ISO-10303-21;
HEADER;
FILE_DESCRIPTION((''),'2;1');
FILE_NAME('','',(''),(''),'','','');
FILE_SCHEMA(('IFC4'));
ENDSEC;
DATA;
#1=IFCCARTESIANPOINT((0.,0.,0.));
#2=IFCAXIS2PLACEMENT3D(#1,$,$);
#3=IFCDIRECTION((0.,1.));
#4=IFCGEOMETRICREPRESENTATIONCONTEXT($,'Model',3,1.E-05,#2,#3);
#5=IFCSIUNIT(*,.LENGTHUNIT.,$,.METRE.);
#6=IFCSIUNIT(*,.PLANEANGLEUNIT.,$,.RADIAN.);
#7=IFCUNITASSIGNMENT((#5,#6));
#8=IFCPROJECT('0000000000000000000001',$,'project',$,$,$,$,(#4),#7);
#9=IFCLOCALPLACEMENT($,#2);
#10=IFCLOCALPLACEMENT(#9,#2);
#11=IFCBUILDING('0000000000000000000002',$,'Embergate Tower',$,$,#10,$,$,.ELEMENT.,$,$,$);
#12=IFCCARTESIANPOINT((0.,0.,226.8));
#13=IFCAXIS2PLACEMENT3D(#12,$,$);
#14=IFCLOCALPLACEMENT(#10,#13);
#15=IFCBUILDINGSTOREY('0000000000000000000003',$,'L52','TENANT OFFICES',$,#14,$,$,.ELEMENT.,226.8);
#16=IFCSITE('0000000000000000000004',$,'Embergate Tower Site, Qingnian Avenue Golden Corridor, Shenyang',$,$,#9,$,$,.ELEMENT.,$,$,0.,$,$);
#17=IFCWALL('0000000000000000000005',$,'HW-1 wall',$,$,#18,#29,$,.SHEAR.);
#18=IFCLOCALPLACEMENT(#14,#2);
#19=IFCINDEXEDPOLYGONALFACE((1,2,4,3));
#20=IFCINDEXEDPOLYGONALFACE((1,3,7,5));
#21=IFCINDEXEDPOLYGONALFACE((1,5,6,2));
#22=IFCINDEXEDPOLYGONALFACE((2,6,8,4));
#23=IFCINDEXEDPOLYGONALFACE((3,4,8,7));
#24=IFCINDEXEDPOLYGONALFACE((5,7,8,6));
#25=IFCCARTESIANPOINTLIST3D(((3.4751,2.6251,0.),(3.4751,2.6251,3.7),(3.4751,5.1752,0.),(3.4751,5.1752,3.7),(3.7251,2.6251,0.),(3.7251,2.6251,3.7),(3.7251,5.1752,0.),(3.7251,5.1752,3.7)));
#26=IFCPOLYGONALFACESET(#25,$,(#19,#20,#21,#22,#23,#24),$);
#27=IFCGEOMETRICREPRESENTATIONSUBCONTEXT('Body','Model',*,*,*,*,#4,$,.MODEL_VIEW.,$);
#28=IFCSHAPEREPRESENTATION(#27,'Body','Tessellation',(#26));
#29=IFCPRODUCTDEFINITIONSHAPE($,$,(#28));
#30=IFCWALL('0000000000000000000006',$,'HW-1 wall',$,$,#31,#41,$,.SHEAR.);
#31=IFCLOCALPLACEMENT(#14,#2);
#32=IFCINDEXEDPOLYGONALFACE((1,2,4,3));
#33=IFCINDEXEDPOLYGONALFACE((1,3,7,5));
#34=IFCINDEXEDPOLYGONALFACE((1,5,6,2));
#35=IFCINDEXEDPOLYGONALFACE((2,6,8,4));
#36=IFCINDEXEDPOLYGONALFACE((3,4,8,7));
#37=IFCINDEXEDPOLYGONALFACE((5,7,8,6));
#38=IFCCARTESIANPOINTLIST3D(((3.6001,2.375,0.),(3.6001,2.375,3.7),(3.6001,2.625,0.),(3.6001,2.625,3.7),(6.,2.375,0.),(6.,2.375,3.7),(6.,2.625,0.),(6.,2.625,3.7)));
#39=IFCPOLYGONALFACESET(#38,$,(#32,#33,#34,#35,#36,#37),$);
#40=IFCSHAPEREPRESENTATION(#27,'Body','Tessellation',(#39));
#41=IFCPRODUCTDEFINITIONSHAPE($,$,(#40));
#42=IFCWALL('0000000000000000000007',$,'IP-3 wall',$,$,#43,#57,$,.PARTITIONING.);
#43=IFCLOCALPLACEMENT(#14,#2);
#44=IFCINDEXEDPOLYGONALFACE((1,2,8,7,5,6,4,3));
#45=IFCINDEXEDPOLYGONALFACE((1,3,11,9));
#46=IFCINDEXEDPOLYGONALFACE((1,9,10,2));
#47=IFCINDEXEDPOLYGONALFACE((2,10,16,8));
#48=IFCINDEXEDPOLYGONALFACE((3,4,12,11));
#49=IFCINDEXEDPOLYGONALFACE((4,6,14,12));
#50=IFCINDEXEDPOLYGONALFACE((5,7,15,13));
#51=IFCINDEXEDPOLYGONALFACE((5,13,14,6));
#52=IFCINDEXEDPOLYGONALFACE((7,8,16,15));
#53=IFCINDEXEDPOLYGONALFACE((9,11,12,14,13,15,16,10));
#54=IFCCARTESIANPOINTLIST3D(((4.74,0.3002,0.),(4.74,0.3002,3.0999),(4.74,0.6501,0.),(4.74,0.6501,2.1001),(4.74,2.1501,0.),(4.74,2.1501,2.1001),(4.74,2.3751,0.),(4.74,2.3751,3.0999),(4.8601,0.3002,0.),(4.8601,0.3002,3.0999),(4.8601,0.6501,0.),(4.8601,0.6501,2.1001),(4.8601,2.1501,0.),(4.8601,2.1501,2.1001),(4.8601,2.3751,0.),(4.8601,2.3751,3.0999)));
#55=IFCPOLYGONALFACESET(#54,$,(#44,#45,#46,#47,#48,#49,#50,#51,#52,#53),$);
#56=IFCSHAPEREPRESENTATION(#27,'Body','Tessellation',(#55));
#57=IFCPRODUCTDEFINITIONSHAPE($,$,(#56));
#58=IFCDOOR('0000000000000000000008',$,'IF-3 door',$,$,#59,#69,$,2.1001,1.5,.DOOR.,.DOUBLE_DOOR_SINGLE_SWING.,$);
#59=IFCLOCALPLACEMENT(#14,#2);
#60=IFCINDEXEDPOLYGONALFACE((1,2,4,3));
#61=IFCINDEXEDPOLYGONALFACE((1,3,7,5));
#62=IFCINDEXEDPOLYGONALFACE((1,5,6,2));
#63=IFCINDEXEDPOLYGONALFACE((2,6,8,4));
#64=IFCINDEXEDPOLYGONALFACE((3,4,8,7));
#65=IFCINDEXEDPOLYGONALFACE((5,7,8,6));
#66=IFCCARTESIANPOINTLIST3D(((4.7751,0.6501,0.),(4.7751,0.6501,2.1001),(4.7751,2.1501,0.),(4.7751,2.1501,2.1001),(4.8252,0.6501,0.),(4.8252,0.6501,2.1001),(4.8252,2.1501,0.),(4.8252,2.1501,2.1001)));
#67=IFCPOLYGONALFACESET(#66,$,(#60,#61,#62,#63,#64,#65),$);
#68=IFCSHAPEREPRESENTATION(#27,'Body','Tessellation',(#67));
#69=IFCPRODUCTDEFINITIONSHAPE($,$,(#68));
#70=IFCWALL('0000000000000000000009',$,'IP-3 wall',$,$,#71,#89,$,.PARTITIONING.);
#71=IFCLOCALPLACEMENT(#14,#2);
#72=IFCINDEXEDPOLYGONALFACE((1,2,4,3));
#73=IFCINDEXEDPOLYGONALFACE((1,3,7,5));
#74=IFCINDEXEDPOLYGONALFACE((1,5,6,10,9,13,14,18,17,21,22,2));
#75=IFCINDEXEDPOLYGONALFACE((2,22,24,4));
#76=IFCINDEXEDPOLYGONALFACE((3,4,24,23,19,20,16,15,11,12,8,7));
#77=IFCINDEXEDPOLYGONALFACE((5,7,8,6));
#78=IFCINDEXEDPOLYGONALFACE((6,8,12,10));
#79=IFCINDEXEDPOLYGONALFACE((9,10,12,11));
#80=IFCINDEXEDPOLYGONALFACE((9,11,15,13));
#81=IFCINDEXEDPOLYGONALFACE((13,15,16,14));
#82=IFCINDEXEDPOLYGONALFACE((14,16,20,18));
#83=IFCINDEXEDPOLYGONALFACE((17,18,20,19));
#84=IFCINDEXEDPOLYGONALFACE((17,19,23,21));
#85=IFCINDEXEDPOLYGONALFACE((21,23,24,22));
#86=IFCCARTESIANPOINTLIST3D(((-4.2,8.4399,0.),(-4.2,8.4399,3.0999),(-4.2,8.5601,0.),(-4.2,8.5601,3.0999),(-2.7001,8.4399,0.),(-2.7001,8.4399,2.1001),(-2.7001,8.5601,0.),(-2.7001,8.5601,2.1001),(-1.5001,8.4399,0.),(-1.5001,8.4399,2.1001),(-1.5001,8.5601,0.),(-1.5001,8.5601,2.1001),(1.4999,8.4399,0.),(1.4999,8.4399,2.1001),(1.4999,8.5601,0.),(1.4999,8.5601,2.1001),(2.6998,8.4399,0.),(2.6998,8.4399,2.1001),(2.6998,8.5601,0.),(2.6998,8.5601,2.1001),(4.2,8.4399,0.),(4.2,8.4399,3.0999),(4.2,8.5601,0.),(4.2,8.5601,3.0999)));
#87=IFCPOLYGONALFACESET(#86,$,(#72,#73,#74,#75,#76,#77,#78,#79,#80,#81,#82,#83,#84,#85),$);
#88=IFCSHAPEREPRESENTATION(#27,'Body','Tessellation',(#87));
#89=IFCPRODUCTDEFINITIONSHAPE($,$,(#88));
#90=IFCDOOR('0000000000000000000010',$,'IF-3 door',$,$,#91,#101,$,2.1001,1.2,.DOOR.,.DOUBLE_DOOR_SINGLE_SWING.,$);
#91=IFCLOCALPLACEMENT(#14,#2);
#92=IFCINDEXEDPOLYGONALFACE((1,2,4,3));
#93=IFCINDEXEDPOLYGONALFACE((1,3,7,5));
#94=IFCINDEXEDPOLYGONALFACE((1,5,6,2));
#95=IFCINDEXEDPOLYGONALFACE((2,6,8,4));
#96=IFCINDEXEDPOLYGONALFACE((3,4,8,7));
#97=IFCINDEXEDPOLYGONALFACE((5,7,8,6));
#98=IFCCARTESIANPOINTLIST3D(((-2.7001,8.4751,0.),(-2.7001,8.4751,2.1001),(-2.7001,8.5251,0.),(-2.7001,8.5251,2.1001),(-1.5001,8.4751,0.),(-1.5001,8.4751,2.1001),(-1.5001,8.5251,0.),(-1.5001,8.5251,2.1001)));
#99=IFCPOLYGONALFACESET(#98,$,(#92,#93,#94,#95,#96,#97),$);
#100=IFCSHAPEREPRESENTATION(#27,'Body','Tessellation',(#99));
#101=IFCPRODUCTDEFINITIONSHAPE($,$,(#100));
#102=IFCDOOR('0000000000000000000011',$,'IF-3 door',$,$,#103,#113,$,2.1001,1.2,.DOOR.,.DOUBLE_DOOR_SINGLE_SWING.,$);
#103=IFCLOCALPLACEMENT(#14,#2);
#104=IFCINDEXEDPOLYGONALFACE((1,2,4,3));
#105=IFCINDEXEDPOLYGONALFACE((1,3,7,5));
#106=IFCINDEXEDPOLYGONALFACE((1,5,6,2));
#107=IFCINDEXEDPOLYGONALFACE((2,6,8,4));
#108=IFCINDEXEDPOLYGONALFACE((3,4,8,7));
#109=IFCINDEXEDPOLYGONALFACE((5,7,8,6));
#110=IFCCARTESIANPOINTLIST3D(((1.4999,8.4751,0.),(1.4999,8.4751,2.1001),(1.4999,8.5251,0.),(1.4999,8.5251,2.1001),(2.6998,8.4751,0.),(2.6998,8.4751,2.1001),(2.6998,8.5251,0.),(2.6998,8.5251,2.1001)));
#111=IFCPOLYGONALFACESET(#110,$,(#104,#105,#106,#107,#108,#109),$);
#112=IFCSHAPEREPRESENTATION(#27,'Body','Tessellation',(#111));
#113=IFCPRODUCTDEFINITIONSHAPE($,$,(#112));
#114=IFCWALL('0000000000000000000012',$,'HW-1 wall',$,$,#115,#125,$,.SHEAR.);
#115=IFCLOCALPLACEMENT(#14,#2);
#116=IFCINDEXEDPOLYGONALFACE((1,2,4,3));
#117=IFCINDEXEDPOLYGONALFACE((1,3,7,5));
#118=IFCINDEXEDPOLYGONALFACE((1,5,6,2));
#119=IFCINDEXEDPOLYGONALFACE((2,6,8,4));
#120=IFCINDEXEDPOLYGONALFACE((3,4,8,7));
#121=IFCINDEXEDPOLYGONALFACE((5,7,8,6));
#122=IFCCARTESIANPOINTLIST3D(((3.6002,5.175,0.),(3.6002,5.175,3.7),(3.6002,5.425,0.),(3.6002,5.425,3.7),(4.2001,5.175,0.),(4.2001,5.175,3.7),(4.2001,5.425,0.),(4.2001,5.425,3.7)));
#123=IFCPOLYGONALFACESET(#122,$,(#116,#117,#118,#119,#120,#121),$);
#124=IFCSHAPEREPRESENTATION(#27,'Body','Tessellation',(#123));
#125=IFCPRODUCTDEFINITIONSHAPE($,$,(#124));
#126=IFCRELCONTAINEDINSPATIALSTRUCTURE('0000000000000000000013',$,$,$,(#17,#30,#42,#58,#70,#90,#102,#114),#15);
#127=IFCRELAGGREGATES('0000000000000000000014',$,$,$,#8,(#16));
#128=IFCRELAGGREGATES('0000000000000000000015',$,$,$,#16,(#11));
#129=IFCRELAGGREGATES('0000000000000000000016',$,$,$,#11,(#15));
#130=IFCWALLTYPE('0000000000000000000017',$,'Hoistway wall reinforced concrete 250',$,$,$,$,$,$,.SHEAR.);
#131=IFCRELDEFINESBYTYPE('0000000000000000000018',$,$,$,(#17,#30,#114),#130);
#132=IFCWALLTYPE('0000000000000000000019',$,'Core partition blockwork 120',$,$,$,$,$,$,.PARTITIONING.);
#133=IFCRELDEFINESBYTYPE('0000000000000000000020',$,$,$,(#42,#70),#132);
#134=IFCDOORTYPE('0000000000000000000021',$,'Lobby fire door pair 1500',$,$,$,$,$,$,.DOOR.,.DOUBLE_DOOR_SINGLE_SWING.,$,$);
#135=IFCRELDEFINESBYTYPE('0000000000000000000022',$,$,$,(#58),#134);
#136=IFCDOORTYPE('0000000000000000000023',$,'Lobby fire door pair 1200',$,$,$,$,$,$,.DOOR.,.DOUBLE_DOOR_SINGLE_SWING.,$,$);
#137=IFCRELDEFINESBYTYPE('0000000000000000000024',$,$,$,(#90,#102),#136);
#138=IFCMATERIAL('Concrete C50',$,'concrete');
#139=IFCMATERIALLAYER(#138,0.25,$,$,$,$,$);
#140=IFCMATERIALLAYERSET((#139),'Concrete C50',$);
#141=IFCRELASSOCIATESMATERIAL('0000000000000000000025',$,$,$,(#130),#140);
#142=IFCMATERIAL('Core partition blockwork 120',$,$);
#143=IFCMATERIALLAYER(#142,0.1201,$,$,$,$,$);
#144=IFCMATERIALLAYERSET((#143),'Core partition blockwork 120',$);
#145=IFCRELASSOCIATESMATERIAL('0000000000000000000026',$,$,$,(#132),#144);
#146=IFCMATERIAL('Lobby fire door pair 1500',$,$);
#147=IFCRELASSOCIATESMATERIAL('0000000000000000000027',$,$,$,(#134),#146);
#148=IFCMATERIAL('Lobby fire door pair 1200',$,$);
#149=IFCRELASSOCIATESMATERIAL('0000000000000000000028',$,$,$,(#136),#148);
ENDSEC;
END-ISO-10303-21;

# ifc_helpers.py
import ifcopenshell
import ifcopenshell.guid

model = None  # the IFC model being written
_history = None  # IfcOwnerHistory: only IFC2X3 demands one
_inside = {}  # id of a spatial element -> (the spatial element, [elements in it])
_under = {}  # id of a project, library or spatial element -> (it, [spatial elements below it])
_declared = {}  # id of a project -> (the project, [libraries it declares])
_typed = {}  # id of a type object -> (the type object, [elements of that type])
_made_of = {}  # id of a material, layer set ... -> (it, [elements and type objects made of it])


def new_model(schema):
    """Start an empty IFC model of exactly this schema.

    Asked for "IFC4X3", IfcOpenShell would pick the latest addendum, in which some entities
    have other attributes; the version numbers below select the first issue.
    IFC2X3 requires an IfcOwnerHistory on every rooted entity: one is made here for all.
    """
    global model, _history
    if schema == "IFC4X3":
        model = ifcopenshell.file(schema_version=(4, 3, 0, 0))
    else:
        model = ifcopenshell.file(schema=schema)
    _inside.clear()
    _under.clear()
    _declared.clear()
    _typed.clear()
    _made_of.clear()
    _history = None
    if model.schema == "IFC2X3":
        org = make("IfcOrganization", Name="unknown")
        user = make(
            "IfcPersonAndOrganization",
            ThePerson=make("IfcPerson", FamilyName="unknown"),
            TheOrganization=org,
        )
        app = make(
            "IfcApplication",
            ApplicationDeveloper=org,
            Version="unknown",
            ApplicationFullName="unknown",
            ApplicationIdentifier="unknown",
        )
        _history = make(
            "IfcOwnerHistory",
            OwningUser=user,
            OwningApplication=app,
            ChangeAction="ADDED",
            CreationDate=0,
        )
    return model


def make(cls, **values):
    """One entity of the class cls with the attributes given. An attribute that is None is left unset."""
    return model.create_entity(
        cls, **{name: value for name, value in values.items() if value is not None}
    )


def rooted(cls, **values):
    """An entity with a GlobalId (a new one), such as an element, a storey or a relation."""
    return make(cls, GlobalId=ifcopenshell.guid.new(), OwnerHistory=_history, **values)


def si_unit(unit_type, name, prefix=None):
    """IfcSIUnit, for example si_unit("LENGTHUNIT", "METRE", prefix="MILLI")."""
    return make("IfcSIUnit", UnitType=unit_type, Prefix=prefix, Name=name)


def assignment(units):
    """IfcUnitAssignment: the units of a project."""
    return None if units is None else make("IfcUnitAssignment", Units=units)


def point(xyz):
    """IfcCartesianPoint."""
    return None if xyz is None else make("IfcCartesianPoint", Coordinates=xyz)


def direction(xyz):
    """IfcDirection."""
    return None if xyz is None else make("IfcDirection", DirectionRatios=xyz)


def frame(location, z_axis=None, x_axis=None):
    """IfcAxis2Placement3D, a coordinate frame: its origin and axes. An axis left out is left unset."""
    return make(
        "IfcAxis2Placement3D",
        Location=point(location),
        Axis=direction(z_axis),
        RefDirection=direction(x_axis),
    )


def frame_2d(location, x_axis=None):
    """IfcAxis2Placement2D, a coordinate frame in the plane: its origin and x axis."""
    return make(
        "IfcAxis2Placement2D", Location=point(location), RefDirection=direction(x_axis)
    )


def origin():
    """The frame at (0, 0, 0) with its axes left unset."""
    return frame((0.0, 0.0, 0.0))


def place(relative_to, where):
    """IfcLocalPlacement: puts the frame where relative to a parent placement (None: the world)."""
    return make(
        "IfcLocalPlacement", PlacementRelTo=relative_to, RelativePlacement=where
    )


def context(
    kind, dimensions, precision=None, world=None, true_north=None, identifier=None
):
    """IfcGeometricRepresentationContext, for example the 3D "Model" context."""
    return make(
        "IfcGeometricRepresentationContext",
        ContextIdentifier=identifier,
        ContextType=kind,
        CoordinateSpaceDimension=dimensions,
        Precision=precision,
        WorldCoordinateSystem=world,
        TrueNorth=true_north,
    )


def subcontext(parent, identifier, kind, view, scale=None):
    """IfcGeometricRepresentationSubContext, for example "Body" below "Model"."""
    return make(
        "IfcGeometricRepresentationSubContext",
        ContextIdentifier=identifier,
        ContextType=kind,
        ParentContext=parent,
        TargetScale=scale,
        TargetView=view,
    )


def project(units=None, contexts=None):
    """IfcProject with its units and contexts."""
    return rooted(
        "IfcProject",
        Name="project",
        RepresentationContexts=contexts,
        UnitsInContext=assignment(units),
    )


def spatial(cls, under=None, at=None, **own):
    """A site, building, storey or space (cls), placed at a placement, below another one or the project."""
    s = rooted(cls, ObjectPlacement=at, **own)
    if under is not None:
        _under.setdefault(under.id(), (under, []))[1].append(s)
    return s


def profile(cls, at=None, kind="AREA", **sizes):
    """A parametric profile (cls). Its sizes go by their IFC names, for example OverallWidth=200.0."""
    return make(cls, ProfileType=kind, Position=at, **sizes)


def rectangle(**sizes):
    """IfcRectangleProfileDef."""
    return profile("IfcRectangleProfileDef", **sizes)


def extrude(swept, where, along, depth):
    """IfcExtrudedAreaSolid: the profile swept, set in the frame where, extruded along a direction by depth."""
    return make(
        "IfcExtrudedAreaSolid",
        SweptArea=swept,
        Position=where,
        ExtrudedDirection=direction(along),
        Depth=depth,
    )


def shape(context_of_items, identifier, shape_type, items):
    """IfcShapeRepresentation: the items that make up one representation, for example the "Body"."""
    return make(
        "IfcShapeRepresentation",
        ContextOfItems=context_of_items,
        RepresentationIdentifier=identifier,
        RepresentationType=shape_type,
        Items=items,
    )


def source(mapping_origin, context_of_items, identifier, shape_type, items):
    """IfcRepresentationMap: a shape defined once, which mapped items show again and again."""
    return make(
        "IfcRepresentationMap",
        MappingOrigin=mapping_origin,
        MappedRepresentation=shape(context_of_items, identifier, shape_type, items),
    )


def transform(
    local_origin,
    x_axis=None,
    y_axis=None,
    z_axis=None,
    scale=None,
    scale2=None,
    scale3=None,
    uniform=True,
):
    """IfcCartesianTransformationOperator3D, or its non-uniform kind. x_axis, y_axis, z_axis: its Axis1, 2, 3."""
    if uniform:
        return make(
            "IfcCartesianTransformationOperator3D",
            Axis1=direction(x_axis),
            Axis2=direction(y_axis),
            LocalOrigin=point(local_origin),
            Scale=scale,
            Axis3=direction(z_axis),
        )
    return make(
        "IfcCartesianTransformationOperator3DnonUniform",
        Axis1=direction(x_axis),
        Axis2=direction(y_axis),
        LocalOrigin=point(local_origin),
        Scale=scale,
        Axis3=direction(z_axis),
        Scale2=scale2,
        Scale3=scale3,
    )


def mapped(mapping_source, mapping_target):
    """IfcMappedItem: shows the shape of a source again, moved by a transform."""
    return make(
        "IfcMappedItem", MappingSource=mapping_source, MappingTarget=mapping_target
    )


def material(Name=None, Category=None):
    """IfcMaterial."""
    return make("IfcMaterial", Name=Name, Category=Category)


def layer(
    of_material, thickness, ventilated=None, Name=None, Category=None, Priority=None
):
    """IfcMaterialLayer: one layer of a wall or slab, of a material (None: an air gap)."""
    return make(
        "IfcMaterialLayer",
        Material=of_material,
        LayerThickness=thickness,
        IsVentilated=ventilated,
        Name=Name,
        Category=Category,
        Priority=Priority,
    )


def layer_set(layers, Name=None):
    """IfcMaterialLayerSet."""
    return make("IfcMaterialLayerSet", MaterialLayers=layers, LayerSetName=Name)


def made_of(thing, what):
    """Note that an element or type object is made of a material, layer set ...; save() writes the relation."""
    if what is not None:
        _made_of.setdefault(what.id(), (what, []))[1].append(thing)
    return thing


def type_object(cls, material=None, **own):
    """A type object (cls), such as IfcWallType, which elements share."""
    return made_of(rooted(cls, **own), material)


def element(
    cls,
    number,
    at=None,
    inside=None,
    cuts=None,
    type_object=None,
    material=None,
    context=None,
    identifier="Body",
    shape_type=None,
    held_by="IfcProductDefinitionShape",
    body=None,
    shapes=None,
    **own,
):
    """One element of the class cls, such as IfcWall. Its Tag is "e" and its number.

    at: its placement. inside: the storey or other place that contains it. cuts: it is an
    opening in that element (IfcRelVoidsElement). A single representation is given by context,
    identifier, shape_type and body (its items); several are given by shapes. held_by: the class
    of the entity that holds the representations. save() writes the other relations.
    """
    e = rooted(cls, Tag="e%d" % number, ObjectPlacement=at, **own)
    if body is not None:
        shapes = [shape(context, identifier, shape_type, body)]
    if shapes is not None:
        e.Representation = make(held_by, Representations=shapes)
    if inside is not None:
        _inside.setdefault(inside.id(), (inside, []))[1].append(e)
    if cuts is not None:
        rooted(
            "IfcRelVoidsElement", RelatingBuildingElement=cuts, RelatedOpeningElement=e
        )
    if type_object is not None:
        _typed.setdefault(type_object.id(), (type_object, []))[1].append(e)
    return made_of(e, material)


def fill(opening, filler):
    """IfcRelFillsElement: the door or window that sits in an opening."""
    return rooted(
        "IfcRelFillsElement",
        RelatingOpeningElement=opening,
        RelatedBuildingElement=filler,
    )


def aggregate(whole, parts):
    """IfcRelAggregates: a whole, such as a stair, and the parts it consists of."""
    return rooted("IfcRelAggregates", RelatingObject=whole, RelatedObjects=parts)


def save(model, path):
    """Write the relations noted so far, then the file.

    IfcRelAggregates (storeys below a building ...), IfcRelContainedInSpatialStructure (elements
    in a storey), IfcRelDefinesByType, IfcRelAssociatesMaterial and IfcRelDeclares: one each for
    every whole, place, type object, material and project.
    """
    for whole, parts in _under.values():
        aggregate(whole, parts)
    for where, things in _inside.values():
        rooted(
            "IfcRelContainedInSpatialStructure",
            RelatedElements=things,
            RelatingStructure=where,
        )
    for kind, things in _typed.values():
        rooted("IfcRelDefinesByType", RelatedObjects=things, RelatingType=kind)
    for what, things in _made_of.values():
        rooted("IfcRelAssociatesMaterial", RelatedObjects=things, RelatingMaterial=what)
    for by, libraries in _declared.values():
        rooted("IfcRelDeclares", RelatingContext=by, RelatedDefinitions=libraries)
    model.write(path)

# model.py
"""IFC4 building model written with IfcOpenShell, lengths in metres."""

from ifc_helpers import new_model, si_unit, direction, frame, frame_2d, origin, place, context, subcontext, project, spatial, rectangle, extrude, source, transform, mapped, material, layer, layer_set, type_object, element, fill, save


model = new_model("IFC4")

# Units and contexts
model_context = context("Model", 3, precision=1e-05, world=origin(), true_north=direction((0.0, 1.0)))
body_context = subcontext(model_context, "Body", "Model", "MODEL_VIEW")
ifc_project = project(units=[si_unit("LENGTHUNIT", "METRE"), si_unit("PLANEANGLEUNIT", "RADIAN")], contexts=[model_context])

# Site, building, storey
site_placement = place(None, origin())
site = spatial("IfcSite", under=ifc_project, at=site_placement, Name="Embergate Tower Site, Qingnian Avenue Golden Corridor, Shenyang", CompositionType="ELEMENT", RefElevation=0.0)
building_placement = place(site_placement, origin())
building = spatial("IfcBuilding", under=site, at=building_placement, Name="Embergate Tower", CompositionType="ELEMENT")
storey_placement = place(building_placement, frame((0.0, 0.0, 226.8)))
storey = spatial("IfcBuildingStorey", under=building, at=storey_placement, Name="L52", Description="TENANT OFFICES", CompositionType="ELEMENT", Elevation=226.8)

# Walls
ifc_material_1 = material(Name="Concrete C50", Category="concrete")
ifc_layer_1 = layer(ifc_material_1, 0.25)
ifc_layer_set_1 = layer_set([ifc_layer_1], Name="Concrete C50")
wall_type_1 = type_object("IfcWallType", Name="Hoistway wall reinforced concrete 250", PredefinedType="SHEAR", material=ifc_layer_set_1)
shared_shape_1 = source(origin(), body_context, "Body", "SweptSolid", [
    extrude(rectangle(XDim=2.55, YDim=0.25, at=frame_2d((1.2749, 0.0))), origin(), (0.0, 0.0, 1.0), 3.7),
])
wall_1_placement = place(storey_placement, frame((3.6001, 5.175, 0.0), z_axis=(0.0, 0.0, 1.0), x_axis=(0.0, -1.0, 0.0)))
element("IfcWall", 1, at=wall_1_placement, inside=storey, type_object=wall_type_1, Name="HW-1 wall", PredefinedType="SHEAR", context=body_context, shape_type="MappedRepresentation", body=[
    mapped(shared_shape_1, transform((0.0, 0.0, 0.0))),
])
shared_shape_2 = source(origin(), body_context, "Body", "SweptSolid", [
    extrude(rectangle(XDim=2.3999, YDim=0.25, at=frame_2d((1.2, 0.0))), origin(), (0.0, 0.0, 1.0), 3.7),
])
wall_2_placement = place(storey_placement, frame((3.6001, 2.5, 0.0), z_axis=(0.0, 0.0, 1.0), x_axis=(1.0, 0.0, 0.0)))
element("IfcWall", 2, at=wall_2_placement, inside=storey, type_object=wall_type_1, Name="HW-1 wall", PredefinedType="SHEAR", context=body_context, shape_type="MappedRepresentation", body=[
    mapped(shared_shape_2, transform((0.0, 0.0, 0.0))),
])

# Wall, opening, door
ifc_material_2 = material(Name="Core partition blockwork 120")
ifc_layer_2 = layer(ifc_material_2, 0.1201)
ifc_layer_set_2 = layer_set([ifc_layer_2], Name="Core partition blockwork 120")
wall_type_2 = type_object("IfcWallType", Name="Core partition blockwork 120", PredefinedType="PARTITIONING", material=ifc_layer_set_2)
shared_shape_3 = source(origin(), body_context, "Body", "SweptSolid", [
    extrude(rectangle(XDim=2.075, YDim=0.1201, at=frame_2d((1.0376, 0.0))), origin(), (0.0, 0.0, 1.0), 3.0999),
])
wall_3_placement = place(storey_placement, frame((4.8, 0.3, 0.0), z_axis=(0.0, 0.0, 1.0), x_axis=(0.0, 1.0, 0.0)))
wall_3 = element("IfcWall", 3, at=wall_3_placement, inside=storey, type_object=wall_type_2, Name="IP-3 wall", PredefinedType="PARTITIONING", context=body_context, shape_type="MappedRepresentation", body=[
    mapped(shared_shape_3, transform((0.0, 0.0, 0.0))),
])
shared_shape_4 = source(origin(), body_context, "Body", "SweptSolid", [
    extrude(rectangle(XDim=1.5, YDim=2.1001, at=frame_2d((0.75, 1.05))), frame((0.0, 0.0701, 0.0), z_axis=(0.0, -1.0, 0.0), x_axis=(1.0, 0.0, 0.0)), (0.0, 0.0, 1.0), 0.1401),
])
opening_1_placement = place(wall_3_placement, frame((0.3501, 0.0, 0.0)))
opening_1 = element("IfcOpeningElement", 4, at=opening_1_placement, cuts=wall_3, PredefinedType="OPENING", context=body_context, shape_type="MappedRepresentation", body=[
    mapped(shared_shape_4, transform((0.0, 0.0, 0.0))),
])
ifc_material_3 = material(Name="Lobby fire door pair 1500")
door_type_1 = type_object("IfcDoorType", Name="Lobby fire door pair 1500", OperationType="DOUBLE_DOOR_SINGLE_SWING", PredefinedType="DOOR", material=ifc_material_3)
shared_shape_5 = source(origin(), body_context, "Body", "SweptSolid", [
    extrude(rectangle(XDim=1.5, YDim=2.1001, at=frame_2d((0.75, 1.05))), frame((0.0, 0.0249, 0.0), z_axis=(0.0, -1.0, 0.0), x_axis=(1.0, 0.0, 0.0)), (0.0, 0.0, 1.0), 0.05),
])
door_1_placement = place(opening_1_placement, origin())
door_1 = element("IfcDoor", 5, at=door_1_placement, inside=storey, type_object=door_type_1, Name="IF-3 door", OperationType="DOUBLE_DOOR_SINGLE_SWING", OverallHeight=2.1001, OverallWidth=1.5, PredefinedType="DOOR", context=body_context, shape_type="MappedRepresentation", body=[
    mapped(shared_shape_5, transform((0.0, 0.0, 0.0))),
])
fill(opening_1, door_1)

# Wall, openings, doors
shared_shape_6 = source(origin(), body_context, "Body", "SweptSolid", [
    extrude(rectangle(XDim=8.3999, YDim=0.1201, at=frame_2d((4.2, 0.0))), origin(), (0.0, 0.0, 1.0), 3.0999),
])
wall_4_placement = place(storey_placement, frame((4.2, 8.5, 0.0), z_axis=(0.0, 0.0, 1.0), x_axis=(-1.0, 0.0, 0.0)))
wall_4 = element("IfcWall", 6, at=wall_4_placement, inside=storey, type_object=wall_type_2, Name="IP-3 wall", PredefinedType="PARTITIONING", context=body_context, shape_type="MappedRepresentation", body=[
    mapped(shared_shape_6, transform((0.0, 0.0, 0.0))),
])
shared_shape_7 = source(origin(), body_context, "Body", "SweptSolid", [
    extrude(rectangle(XDim=1.2, YDim=2.1001, at=frame_2d((0.6001, 1.05))), frame((0.0, 0.0701, 0.0), z_axis=(0.0, -1.0, 0.0), x_axis=(1.0, 0.0, 0.0)), (0.0, 0.0, 1.0), 0.1401),
])
opening_2_placement = place(wall_4_placement, frame((5.7, 0.0, 0.0)))
opening_2 = element("IfcOpeningElement", 7, at=opening_2_placement, cuts=wall_4, PredefinedType="OPENING", context=body_context, shape_type="MappedRepresentation", body=[
    mapped(shared_shape_7, transform((0.0, 0.0, 0.0))),
])
opening_3_placement = place(wall_4_placement, frame((1.5, 0.0, 0.0)))
opening_3 = element("IfcOpeningElement", 8, at=opening_3_placement, cuts=wall_4, PredefinedType="OPENING", context=body_context, shape_type="MappedRepresentation", body=[
    mapped(shared_shape_7, transform((0.0, 0.0, 0.0))),
])
ifc_material_4 = material(Name="Lobby fire door pair 1200")
door_type_2 = type_object("IfcDoorType", Name="Lobby fire door pair 1200", OperationType="DOUBLE_DOOR_SINGLE_SWING", PredefinedType="DOOR", material=ifc_material_4)
shared_shape_8 = source(origin(), body_context, "Body", "SweptSolid", [
    extrude(rectangle(XDim=1.2, YDim=2.1001, at=frame_2d((0.6001, 1.05))), frame((0.0, 0.0249, 0.0), z_axis=(0.0, -1.0, 0.0), x_axis=(1.0, 0.0, 0.0)), (0.0, 0.0, 1.0), 0.05),
])
door_2_placement = place(opening_2_placement, origin())
door_2 = element("IfcDoor", 9, at=door_2_placement, inside=storey, type_object=door_type_2, Name="IF-3 door", OperationType="DOUBLE_DOOR_SINGLE_SWING", OverallHeight=2.1001, OverallWidth=1.2, PredefinedType="DOOR", context=body_context, shape_type="MappedRepresentation", body=[
    mapped(shared_shape_8, transform((0.0, 0.0, 0.0))),
])
fill(opening_2, door_2)
door_3_placement = place(opening_3_placement, origin())
door_3 = element("IfcDoor", 10, at=door_3_placement, inside=storey, type_object=door_type_2, Name="IF-3 door", OperationType="DOUBLE_DOOR_SINGLE_SWING", OverallHeight=2.1001, OverallWidth=1.2, PredefinedType="DOOR", context=body_context, shape_type="MappedRepresentation", body=[
    mapped(shared_shape_8, transform((0.0, 0.0, 0.0))),
])
fill(opening_3, door_3)

# Wall
shared_shape_9 = source(origin(), body_context, "Body", "SweptSolid", [
    extrude(rectangle(XDim=0.5999, YDim=0.25, at=frame_2d((0.2998, 0.0))), origin(), (0.0, 0.0, 1.0), 3.7),
])
wall_5_placement = place(storey_placement, frame((4.2, 5.3, 0.0), z_axis=(0.0, 0.0, 1.0), x_axis=(-1.0, 0.0, 0.0)))
element("IfcWall", 11, at=wall_5_placement, inside=storey, type_object=wall_type_1, Name="HW-1 wall", PredefinedType="SHEAR", context=body_context, shape_type="MappedRepresentation", body=[
    mapped(shared_shape_9, transform((0.0, 0.0, 0.0))),
])

save(model, "model.ifc")
